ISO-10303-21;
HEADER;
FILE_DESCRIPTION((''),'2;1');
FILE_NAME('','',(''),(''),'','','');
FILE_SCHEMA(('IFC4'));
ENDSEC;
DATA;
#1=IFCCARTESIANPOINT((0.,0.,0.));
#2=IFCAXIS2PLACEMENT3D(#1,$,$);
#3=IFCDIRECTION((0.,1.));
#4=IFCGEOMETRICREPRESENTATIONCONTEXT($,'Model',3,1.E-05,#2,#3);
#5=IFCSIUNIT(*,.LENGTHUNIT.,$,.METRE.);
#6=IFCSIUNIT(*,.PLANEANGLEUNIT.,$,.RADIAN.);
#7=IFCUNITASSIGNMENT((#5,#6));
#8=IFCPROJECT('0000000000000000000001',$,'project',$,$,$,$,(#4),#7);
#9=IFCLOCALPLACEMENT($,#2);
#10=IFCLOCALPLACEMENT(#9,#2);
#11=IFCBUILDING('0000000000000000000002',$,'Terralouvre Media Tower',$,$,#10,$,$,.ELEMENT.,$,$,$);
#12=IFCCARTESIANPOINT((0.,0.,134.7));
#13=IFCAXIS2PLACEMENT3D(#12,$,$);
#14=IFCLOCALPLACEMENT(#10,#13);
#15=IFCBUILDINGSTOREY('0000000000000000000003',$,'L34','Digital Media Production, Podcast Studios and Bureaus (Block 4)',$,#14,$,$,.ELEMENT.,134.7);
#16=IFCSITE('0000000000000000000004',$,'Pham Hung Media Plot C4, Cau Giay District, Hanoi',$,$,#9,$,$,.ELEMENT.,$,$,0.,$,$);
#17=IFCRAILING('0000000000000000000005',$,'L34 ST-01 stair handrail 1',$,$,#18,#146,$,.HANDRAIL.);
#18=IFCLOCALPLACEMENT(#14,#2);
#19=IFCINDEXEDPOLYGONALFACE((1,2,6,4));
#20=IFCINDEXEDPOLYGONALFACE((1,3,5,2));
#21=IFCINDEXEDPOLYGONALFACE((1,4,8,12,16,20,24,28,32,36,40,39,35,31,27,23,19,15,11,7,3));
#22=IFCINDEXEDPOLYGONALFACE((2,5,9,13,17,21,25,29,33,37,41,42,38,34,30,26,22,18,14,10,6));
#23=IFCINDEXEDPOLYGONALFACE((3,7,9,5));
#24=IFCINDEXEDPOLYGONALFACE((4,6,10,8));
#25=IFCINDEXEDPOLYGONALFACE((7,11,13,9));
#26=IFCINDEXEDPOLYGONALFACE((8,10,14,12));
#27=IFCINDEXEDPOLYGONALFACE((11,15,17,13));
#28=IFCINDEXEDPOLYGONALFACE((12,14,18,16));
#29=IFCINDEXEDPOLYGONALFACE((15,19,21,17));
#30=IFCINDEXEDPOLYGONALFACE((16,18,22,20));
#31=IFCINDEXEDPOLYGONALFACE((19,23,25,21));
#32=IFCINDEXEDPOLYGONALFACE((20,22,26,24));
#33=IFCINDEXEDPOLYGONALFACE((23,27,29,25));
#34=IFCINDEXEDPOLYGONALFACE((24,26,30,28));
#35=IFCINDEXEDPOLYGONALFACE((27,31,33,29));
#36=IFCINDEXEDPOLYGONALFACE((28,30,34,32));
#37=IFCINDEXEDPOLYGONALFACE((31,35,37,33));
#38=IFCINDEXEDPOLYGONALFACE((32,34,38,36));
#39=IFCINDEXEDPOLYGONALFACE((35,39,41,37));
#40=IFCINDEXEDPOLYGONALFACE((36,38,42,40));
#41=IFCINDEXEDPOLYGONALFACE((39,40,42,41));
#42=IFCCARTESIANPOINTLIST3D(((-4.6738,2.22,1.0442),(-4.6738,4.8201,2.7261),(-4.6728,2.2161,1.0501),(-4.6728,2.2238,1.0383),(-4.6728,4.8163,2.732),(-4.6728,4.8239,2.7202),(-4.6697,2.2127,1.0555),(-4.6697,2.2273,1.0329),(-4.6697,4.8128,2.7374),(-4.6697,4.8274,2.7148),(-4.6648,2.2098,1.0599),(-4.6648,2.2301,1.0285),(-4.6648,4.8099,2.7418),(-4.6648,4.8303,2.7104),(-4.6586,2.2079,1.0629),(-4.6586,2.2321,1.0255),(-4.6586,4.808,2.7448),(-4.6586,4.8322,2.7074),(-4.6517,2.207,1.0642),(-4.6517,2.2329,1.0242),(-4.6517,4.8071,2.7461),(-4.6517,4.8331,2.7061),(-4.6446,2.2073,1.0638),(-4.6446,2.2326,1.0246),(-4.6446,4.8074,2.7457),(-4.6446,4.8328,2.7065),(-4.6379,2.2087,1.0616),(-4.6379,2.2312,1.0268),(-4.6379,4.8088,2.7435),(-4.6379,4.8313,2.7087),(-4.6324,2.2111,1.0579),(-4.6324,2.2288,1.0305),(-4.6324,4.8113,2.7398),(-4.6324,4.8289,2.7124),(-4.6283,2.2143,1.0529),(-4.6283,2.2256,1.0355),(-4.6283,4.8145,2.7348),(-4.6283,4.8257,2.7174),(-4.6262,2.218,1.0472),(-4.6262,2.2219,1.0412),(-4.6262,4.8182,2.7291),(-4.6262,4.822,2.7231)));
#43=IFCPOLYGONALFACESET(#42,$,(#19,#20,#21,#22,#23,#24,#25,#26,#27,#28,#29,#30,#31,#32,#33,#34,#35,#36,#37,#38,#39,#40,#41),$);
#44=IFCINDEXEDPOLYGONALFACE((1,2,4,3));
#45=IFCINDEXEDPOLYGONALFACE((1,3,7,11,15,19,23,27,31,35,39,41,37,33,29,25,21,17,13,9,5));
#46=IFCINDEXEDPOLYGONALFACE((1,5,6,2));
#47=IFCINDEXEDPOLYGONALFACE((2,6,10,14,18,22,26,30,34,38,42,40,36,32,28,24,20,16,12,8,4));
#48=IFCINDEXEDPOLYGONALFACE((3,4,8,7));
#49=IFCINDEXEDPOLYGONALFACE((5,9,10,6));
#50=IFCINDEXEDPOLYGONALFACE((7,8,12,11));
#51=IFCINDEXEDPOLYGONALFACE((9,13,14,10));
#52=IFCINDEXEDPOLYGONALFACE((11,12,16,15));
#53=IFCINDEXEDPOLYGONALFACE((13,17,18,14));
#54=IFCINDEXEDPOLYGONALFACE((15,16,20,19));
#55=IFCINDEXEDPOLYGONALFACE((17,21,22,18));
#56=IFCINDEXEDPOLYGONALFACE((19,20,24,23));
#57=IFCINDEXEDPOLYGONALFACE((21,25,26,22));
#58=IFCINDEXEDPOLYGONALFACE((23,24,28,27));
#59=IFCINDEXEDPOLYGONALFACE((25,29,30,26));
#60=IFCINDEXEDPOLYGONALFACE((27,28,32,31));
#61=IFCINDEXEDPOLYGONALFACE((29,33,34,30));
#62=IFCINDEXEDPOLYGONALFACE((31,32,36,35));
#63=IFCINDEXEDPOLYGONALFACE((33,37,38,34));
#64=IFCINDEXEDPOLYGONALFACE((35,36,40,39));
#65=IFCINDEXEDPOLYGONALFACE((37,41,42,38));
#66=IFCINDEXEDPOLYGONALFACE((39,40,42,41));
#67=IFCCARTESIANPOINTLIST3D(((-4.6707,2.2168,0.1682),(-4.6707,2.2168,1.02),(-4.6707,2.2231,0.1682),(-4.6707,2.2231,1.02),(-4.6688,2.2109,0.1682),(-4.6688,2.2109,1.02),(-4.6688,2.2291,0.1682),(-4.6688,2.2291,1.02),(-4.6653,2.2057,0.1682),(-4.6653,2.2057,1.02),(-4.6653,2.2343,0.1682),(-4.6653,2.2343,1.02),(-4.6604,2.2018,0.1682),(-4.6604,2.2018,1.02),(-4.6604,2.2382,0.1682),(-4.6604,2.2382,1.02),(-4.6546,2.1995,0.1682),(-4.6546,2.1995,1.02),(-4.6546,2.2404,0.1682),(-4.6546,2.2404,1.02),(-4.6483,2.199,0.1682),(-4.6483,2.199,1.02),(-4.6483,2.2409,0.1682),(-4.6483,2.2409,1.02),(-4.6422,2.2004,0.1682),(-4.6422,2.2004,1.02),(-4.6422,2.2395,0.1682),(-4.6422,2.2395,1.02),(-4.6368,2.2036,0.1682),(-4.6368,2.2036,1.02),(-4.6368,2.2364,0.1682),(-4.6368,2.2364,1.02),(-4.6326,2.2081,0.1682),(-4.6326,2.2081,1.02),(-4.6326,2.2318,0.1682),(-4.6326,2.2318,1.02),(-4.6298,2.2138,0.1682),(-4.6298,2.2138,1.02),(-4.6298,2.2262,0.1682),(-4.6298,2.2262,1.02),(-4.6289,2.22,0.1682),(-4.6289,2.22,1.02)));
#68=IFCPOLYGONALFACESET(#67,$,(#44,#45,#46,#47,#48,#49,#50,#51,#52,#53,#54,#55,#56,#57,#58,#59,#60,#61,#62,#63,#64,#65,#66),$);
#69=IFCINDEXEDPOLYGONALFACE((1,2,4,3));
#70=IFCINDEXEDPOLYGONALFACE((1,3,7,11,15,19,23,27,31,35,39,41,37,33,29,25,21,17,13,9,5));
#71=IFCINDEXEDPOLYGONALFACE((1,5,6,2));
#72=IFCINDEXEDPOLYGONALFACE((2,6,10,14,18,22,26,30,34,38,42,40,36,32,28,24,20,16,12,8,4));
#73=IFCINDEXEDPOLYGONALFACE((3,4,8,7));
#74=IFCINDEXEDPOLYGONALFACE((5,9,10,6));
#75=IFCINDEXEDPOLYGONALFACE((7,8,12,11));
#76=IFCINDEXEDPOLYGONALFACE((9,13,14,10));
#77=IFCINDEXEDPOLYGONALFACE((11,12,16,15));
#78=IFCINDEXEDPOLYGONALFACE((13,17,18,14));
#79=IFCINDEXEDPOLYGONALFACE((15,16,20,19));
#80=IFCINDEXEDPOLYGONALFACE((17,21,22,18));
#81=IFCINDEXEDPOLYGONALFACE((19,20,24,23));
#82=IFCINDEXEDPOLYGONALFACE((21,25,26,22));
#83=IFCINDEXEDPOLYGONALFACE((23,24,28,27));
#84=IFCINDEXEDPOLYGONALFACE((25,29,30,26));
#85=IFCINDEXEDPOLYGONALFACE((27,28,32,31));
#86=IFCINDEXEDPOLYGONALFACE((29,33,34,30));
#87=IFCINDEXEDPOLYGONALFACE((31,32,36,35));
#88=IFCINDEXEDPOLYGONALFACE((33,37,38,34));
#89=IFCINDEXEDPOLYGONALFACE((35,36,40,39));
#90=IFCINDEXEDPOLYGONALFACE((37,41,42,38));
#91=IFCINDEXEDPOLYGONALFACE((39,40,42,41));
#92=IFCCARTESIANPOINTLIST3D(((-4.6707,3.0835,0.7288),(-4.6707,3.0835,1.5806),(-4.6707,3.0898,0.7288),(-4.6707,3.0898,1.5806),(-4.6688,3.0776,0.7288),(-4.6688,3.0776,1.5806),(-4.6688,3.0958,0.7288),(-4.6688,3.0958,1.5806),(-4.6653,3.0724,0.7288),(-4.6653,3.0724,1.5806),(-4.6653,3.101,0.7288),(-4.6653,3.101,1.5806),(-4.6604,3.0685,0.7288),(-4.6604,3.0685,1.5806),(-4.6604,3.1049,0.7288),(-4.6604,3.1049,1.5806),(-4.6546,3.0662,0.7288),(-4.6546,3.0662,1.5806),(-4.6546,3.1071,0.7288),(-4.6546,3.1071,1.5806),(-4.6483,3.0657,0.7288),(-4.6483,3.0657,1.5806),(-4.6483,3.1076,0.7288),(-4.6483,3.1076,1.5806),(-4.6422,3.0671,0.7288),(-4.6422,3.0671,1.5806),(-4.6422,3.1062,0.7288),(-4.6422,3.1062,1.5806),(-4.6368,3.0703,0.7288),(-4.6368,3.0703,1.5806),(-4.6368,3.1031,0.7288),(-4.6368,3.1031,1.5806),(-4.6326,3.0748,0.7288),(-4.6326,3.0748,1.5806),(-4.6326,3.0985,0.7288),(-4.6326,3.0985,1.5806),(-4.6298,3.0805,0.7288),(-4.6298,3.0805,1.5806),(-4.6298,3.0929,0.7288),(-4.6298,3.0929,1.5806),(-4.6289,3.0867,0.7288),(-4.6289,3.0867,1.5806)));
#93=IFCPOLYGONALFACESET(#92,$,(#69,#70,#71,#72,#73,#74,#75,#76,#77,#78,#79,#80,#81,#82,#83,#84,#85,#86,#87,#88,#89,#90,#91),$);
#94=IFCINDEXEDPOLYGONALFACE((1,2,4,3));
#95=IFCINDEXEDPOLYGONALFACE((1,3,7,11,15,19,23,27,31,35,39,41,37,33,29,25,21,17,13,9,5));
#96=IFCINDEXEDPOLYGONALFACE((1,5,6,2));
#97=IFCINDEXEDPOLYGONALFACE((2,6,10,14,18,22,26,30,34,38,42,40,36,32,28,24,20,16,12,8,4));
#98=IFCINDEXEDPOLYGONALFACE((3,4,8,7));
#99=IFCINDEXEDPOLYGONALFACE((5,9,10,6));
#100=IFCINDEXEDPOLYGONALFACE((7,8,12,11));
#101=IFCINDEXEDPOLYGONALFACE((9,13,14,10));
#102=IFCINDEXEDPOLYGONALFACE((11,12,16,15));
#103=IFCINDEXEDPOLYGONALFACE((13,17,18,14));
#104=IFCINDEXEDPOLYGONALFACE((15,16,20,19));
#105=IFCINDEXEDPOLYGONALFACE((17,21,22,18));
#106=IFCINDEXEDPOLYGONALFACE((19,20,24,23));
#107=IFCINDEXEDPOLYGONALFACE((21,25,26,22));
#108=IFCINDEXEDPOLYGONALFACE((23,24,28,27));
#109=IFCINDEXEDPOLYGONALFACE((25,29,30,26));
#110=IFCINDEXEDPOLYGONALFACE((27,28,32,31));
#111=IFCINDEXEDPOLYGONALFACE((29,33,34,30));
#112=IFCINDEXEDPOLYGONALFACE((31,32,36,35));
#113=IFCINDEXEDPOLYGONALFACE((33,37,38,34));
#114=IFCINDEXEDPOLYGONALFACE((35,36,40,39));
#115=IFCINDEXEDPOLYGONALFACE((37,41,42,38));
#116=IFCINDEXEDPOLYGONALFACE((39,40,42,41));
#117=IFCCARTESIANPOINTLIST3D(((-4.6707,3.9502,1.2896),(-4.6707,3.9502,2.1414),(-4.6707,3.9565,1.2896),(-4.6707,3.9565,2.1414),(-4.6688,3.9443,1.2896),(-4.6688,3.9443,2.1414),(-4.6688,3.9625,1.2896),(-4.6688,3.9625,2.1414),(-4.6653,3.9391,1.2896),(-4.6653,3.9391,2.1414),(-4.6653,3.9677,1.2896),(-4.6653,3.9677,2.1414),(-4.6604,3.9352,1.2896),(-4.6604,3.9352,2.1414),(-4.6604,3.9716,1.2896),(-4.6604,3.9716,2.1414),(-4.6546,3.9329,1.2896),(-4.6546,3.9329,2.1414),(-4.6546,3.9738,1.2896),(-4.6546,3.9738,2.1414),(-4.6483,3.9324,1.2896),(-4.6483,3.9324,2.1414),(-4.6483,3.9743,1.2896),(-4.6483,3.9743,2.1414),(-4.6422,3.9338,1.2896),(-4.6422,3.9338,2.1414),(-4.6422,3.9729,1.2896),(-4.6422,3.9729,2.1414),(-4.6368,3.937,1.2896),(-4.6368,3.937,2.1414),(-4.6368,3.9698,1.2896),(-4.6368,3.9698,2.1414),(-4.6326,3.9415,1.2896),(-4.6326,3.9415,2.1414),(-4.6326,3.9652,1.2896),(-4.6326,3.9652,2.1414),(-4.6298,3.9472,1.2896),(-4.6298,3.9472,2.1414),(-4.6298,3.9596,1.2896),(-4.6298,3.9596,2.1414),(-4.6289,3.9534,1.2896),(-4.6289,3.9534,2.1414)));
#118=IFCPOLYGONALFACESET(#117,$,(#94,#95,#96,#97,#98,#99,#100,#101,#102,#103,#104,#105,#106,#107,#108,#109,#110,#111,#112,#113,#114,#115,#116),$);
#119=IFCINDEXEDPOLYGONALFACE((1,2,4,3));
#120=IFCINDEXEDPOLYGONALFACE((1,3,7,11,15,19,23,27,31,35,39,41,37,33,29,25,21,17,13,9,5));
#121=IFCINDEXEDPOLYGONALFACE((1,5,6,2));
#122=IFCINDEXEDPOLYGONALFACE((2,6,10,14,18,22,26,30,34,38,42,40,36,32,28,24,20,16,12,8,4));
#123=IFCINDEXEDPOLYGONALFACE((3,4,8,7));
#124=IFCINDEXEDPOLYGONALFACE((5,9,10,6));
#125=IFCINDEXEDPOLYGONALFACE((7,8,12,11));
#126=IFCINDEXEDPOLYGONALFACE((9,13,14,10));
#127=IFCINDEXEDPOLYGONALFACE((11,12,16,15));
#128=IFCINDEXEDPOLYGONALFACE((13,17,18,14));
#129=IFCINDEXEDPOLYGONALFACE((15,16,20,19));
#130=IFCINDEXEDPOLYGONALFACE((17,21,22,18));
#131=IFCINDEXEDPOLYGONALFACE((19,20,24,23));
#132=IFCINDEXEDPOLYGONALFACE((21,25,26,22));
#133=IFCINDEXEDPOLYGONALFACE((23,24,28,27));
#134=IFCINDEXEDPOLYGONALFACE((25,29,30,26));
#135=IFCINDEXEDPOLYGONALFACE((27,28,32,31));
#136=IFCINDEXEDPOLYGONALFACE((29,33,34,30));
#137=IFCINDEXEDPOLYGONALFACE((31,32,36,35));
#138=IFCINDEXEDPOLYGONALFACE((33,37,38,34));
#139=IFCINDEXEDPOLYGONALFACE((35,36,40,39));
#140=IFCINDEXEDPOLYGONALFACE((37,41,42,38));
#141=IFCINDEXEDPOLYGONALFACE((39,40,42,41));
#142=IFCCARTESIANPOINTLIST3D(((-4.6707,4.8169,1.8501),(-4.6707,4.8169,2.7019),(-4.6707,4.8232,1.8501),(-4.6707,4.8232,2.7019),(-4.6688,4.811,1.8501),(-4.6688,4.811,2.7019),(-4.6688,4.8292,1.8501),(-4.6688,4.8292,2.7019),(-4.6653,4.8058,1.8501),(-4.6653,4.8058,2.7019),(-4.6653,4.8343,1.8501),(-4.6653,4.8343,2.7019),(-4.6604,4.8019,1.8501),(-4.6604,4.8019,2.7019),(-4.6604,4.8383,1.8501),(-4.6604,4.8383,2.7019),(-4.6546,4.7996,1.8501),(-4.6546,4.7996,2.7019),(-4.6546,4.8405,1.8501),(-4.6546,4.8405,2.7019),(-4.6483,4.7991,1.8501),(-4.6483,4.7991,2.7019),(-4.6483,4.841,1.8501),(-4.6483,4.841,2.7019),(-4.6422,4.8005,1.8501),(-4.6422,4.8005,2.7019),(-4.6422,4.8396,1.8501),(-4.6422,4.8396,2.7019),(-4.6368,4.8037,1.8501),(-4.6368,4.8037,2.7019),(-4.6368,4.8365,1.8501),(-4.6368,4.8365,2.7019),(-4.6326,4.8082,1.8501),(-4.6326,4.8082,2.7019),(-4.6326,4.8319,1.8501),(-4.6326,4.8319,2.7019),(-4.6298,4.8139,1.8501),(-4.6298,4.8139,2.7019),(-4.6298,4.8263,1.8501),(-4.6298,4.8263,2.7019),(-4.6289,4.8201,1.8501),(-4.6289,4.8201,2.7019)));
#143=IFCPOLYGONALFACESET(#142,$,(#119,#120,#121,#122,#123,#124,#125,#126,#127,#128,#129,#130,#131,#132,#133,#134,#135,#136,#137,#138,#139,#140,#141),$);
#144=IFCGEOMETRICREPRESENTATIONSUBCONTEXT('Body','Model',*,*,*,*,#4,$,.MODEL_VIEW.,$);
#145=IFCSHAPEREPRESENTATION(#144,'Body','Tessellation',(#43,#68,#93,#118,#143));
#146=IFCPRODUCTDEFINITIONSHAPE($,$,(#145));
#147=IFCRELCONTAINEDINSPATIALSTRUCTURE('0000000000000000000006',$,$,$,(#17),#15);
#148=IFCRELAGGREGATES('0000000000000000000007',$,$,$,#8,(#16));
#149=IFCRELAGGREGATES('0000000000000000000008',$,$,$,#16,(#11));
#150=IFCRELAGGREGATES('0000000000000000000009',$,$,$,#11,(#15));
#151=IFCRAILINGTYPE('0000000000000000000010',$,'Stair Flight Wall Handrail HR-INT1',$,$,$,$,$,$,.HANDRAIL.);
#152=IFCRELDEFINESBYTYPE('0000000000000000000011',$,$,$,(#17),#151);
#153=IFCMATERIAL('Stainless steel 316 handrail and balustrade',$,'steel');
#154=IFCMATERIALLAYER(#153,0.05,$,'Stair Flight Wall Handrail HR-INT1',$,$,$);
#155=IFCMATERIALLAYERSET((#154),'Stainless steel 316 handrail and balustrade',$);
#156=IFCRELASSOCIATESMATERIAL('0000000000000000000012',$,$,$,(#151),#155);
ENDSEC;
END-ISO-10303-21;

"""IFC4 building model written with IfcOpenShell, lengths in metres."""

from ifc_helpers import new_model, si_unit, direction, frame, origin, origin_2d, place, context, subcontext, project, spatial, circle, extrude, material, layer, layer_set, type_object, element, save


model = new_model("IFC4")

# Units and contexts
model_context = context("Model", 3, precision=1e-05, world=origin(), true_north=direction((0.0, 1.0)))
body_context = subcontext(model_context, "Body", "Model", "MODEL_VIEW")
ifc_project = project(units=[si_unit("LENGTHUNIT", "METRE"), si_unit("PLANEANGLEUNIT", "RADIAN")], contexts=[model_context])

# Site, building, storey
site_placement = place(None, origin())
site = spatial("IfcSite", under=ifc_project, at=site_placement, Name="Pham Hung Media Plot C4, Cau Giay District, Hanoi", CompositionType="ELEMENT", RefElevation=0.0)
building_placement = place(site_placement, origin())
building = spatial("IfcBuilding", under=site, at=building_placement, Name="Terralouvre Media Tower", CompositionType="ELEMENT")
storey_placement = place(building_placement, frame((0.0, 0.0, 134.7)))
storey = spatial("IfcBuildingStorey", under=building, at=storey_placement, Name="L34", Description="Digital Media Production, Podcast Studios and Bureaus (Block 4)", CompositionType="ELEMENT", Elevation=134.7)

# Railing
ifc_material_1 = material(Name="Stainless steel 316 handrail and balustrade", Category="steel")
ifc_layer_1 = layer(ifc_material_1, 0.05, Name="Stair Flight Wall Handrail HR-INT1")
ifc_layer_set_1 = layer_set([ifc_layer_1], Name="Stainless steel 316 handrail and balustrade")
railing_type_1 = type_object("IfcRailingType", Name="Stair Flight Wall Handrail HR-INT1", PredefinedType="HANDRAIL", material=ifc_layer_set_1)
railing_1_placement = place(storey_placement, frame((-4.6499, 2.22, 0.1682)))
element("IfcRailing", 1, at=railing_1_placement, inside=storey, type_object=railing_type_1, Name="L34 ST-01 stair handrail 1", PredefinedType="HANDRAIL", context=body_context, shape_type="SweptSolid", body=[
    extrude(circle(Radius=0.0239, at=origin_2d()), frame((0.0, 0.0, 0.876), z_axis=(0.0, 0.839648, 0.54313), x_axis=(-1.0, 0.0, 0.0)), (0.0, 0.0, 1.0), 3.0967),
    extrude(circle(Radius=0.021, at=origin_2d()), origin(), (0.0, 0.0, 1.0), 0.8518),
    extrude(circle(Radius=0.021, at=origin_2d()), frame((0.0, 0.8667, 0.5605)), (0.0, 0.0, 1.0), 0.8518),
    extrude(circle(Radius=0.021, at=origin_2d()), frame((0.0, 1.7334, 1.1213)), (0.0, 0.0, 1.0), 0.8518),
    extrude(circle(Radius=0.021, at=origin_2d()), frame((0.0, 2.6001, 1.6819)), (0.0, 0.0, 1.0), 0.8518),
])

save(model, "model.ifc")
